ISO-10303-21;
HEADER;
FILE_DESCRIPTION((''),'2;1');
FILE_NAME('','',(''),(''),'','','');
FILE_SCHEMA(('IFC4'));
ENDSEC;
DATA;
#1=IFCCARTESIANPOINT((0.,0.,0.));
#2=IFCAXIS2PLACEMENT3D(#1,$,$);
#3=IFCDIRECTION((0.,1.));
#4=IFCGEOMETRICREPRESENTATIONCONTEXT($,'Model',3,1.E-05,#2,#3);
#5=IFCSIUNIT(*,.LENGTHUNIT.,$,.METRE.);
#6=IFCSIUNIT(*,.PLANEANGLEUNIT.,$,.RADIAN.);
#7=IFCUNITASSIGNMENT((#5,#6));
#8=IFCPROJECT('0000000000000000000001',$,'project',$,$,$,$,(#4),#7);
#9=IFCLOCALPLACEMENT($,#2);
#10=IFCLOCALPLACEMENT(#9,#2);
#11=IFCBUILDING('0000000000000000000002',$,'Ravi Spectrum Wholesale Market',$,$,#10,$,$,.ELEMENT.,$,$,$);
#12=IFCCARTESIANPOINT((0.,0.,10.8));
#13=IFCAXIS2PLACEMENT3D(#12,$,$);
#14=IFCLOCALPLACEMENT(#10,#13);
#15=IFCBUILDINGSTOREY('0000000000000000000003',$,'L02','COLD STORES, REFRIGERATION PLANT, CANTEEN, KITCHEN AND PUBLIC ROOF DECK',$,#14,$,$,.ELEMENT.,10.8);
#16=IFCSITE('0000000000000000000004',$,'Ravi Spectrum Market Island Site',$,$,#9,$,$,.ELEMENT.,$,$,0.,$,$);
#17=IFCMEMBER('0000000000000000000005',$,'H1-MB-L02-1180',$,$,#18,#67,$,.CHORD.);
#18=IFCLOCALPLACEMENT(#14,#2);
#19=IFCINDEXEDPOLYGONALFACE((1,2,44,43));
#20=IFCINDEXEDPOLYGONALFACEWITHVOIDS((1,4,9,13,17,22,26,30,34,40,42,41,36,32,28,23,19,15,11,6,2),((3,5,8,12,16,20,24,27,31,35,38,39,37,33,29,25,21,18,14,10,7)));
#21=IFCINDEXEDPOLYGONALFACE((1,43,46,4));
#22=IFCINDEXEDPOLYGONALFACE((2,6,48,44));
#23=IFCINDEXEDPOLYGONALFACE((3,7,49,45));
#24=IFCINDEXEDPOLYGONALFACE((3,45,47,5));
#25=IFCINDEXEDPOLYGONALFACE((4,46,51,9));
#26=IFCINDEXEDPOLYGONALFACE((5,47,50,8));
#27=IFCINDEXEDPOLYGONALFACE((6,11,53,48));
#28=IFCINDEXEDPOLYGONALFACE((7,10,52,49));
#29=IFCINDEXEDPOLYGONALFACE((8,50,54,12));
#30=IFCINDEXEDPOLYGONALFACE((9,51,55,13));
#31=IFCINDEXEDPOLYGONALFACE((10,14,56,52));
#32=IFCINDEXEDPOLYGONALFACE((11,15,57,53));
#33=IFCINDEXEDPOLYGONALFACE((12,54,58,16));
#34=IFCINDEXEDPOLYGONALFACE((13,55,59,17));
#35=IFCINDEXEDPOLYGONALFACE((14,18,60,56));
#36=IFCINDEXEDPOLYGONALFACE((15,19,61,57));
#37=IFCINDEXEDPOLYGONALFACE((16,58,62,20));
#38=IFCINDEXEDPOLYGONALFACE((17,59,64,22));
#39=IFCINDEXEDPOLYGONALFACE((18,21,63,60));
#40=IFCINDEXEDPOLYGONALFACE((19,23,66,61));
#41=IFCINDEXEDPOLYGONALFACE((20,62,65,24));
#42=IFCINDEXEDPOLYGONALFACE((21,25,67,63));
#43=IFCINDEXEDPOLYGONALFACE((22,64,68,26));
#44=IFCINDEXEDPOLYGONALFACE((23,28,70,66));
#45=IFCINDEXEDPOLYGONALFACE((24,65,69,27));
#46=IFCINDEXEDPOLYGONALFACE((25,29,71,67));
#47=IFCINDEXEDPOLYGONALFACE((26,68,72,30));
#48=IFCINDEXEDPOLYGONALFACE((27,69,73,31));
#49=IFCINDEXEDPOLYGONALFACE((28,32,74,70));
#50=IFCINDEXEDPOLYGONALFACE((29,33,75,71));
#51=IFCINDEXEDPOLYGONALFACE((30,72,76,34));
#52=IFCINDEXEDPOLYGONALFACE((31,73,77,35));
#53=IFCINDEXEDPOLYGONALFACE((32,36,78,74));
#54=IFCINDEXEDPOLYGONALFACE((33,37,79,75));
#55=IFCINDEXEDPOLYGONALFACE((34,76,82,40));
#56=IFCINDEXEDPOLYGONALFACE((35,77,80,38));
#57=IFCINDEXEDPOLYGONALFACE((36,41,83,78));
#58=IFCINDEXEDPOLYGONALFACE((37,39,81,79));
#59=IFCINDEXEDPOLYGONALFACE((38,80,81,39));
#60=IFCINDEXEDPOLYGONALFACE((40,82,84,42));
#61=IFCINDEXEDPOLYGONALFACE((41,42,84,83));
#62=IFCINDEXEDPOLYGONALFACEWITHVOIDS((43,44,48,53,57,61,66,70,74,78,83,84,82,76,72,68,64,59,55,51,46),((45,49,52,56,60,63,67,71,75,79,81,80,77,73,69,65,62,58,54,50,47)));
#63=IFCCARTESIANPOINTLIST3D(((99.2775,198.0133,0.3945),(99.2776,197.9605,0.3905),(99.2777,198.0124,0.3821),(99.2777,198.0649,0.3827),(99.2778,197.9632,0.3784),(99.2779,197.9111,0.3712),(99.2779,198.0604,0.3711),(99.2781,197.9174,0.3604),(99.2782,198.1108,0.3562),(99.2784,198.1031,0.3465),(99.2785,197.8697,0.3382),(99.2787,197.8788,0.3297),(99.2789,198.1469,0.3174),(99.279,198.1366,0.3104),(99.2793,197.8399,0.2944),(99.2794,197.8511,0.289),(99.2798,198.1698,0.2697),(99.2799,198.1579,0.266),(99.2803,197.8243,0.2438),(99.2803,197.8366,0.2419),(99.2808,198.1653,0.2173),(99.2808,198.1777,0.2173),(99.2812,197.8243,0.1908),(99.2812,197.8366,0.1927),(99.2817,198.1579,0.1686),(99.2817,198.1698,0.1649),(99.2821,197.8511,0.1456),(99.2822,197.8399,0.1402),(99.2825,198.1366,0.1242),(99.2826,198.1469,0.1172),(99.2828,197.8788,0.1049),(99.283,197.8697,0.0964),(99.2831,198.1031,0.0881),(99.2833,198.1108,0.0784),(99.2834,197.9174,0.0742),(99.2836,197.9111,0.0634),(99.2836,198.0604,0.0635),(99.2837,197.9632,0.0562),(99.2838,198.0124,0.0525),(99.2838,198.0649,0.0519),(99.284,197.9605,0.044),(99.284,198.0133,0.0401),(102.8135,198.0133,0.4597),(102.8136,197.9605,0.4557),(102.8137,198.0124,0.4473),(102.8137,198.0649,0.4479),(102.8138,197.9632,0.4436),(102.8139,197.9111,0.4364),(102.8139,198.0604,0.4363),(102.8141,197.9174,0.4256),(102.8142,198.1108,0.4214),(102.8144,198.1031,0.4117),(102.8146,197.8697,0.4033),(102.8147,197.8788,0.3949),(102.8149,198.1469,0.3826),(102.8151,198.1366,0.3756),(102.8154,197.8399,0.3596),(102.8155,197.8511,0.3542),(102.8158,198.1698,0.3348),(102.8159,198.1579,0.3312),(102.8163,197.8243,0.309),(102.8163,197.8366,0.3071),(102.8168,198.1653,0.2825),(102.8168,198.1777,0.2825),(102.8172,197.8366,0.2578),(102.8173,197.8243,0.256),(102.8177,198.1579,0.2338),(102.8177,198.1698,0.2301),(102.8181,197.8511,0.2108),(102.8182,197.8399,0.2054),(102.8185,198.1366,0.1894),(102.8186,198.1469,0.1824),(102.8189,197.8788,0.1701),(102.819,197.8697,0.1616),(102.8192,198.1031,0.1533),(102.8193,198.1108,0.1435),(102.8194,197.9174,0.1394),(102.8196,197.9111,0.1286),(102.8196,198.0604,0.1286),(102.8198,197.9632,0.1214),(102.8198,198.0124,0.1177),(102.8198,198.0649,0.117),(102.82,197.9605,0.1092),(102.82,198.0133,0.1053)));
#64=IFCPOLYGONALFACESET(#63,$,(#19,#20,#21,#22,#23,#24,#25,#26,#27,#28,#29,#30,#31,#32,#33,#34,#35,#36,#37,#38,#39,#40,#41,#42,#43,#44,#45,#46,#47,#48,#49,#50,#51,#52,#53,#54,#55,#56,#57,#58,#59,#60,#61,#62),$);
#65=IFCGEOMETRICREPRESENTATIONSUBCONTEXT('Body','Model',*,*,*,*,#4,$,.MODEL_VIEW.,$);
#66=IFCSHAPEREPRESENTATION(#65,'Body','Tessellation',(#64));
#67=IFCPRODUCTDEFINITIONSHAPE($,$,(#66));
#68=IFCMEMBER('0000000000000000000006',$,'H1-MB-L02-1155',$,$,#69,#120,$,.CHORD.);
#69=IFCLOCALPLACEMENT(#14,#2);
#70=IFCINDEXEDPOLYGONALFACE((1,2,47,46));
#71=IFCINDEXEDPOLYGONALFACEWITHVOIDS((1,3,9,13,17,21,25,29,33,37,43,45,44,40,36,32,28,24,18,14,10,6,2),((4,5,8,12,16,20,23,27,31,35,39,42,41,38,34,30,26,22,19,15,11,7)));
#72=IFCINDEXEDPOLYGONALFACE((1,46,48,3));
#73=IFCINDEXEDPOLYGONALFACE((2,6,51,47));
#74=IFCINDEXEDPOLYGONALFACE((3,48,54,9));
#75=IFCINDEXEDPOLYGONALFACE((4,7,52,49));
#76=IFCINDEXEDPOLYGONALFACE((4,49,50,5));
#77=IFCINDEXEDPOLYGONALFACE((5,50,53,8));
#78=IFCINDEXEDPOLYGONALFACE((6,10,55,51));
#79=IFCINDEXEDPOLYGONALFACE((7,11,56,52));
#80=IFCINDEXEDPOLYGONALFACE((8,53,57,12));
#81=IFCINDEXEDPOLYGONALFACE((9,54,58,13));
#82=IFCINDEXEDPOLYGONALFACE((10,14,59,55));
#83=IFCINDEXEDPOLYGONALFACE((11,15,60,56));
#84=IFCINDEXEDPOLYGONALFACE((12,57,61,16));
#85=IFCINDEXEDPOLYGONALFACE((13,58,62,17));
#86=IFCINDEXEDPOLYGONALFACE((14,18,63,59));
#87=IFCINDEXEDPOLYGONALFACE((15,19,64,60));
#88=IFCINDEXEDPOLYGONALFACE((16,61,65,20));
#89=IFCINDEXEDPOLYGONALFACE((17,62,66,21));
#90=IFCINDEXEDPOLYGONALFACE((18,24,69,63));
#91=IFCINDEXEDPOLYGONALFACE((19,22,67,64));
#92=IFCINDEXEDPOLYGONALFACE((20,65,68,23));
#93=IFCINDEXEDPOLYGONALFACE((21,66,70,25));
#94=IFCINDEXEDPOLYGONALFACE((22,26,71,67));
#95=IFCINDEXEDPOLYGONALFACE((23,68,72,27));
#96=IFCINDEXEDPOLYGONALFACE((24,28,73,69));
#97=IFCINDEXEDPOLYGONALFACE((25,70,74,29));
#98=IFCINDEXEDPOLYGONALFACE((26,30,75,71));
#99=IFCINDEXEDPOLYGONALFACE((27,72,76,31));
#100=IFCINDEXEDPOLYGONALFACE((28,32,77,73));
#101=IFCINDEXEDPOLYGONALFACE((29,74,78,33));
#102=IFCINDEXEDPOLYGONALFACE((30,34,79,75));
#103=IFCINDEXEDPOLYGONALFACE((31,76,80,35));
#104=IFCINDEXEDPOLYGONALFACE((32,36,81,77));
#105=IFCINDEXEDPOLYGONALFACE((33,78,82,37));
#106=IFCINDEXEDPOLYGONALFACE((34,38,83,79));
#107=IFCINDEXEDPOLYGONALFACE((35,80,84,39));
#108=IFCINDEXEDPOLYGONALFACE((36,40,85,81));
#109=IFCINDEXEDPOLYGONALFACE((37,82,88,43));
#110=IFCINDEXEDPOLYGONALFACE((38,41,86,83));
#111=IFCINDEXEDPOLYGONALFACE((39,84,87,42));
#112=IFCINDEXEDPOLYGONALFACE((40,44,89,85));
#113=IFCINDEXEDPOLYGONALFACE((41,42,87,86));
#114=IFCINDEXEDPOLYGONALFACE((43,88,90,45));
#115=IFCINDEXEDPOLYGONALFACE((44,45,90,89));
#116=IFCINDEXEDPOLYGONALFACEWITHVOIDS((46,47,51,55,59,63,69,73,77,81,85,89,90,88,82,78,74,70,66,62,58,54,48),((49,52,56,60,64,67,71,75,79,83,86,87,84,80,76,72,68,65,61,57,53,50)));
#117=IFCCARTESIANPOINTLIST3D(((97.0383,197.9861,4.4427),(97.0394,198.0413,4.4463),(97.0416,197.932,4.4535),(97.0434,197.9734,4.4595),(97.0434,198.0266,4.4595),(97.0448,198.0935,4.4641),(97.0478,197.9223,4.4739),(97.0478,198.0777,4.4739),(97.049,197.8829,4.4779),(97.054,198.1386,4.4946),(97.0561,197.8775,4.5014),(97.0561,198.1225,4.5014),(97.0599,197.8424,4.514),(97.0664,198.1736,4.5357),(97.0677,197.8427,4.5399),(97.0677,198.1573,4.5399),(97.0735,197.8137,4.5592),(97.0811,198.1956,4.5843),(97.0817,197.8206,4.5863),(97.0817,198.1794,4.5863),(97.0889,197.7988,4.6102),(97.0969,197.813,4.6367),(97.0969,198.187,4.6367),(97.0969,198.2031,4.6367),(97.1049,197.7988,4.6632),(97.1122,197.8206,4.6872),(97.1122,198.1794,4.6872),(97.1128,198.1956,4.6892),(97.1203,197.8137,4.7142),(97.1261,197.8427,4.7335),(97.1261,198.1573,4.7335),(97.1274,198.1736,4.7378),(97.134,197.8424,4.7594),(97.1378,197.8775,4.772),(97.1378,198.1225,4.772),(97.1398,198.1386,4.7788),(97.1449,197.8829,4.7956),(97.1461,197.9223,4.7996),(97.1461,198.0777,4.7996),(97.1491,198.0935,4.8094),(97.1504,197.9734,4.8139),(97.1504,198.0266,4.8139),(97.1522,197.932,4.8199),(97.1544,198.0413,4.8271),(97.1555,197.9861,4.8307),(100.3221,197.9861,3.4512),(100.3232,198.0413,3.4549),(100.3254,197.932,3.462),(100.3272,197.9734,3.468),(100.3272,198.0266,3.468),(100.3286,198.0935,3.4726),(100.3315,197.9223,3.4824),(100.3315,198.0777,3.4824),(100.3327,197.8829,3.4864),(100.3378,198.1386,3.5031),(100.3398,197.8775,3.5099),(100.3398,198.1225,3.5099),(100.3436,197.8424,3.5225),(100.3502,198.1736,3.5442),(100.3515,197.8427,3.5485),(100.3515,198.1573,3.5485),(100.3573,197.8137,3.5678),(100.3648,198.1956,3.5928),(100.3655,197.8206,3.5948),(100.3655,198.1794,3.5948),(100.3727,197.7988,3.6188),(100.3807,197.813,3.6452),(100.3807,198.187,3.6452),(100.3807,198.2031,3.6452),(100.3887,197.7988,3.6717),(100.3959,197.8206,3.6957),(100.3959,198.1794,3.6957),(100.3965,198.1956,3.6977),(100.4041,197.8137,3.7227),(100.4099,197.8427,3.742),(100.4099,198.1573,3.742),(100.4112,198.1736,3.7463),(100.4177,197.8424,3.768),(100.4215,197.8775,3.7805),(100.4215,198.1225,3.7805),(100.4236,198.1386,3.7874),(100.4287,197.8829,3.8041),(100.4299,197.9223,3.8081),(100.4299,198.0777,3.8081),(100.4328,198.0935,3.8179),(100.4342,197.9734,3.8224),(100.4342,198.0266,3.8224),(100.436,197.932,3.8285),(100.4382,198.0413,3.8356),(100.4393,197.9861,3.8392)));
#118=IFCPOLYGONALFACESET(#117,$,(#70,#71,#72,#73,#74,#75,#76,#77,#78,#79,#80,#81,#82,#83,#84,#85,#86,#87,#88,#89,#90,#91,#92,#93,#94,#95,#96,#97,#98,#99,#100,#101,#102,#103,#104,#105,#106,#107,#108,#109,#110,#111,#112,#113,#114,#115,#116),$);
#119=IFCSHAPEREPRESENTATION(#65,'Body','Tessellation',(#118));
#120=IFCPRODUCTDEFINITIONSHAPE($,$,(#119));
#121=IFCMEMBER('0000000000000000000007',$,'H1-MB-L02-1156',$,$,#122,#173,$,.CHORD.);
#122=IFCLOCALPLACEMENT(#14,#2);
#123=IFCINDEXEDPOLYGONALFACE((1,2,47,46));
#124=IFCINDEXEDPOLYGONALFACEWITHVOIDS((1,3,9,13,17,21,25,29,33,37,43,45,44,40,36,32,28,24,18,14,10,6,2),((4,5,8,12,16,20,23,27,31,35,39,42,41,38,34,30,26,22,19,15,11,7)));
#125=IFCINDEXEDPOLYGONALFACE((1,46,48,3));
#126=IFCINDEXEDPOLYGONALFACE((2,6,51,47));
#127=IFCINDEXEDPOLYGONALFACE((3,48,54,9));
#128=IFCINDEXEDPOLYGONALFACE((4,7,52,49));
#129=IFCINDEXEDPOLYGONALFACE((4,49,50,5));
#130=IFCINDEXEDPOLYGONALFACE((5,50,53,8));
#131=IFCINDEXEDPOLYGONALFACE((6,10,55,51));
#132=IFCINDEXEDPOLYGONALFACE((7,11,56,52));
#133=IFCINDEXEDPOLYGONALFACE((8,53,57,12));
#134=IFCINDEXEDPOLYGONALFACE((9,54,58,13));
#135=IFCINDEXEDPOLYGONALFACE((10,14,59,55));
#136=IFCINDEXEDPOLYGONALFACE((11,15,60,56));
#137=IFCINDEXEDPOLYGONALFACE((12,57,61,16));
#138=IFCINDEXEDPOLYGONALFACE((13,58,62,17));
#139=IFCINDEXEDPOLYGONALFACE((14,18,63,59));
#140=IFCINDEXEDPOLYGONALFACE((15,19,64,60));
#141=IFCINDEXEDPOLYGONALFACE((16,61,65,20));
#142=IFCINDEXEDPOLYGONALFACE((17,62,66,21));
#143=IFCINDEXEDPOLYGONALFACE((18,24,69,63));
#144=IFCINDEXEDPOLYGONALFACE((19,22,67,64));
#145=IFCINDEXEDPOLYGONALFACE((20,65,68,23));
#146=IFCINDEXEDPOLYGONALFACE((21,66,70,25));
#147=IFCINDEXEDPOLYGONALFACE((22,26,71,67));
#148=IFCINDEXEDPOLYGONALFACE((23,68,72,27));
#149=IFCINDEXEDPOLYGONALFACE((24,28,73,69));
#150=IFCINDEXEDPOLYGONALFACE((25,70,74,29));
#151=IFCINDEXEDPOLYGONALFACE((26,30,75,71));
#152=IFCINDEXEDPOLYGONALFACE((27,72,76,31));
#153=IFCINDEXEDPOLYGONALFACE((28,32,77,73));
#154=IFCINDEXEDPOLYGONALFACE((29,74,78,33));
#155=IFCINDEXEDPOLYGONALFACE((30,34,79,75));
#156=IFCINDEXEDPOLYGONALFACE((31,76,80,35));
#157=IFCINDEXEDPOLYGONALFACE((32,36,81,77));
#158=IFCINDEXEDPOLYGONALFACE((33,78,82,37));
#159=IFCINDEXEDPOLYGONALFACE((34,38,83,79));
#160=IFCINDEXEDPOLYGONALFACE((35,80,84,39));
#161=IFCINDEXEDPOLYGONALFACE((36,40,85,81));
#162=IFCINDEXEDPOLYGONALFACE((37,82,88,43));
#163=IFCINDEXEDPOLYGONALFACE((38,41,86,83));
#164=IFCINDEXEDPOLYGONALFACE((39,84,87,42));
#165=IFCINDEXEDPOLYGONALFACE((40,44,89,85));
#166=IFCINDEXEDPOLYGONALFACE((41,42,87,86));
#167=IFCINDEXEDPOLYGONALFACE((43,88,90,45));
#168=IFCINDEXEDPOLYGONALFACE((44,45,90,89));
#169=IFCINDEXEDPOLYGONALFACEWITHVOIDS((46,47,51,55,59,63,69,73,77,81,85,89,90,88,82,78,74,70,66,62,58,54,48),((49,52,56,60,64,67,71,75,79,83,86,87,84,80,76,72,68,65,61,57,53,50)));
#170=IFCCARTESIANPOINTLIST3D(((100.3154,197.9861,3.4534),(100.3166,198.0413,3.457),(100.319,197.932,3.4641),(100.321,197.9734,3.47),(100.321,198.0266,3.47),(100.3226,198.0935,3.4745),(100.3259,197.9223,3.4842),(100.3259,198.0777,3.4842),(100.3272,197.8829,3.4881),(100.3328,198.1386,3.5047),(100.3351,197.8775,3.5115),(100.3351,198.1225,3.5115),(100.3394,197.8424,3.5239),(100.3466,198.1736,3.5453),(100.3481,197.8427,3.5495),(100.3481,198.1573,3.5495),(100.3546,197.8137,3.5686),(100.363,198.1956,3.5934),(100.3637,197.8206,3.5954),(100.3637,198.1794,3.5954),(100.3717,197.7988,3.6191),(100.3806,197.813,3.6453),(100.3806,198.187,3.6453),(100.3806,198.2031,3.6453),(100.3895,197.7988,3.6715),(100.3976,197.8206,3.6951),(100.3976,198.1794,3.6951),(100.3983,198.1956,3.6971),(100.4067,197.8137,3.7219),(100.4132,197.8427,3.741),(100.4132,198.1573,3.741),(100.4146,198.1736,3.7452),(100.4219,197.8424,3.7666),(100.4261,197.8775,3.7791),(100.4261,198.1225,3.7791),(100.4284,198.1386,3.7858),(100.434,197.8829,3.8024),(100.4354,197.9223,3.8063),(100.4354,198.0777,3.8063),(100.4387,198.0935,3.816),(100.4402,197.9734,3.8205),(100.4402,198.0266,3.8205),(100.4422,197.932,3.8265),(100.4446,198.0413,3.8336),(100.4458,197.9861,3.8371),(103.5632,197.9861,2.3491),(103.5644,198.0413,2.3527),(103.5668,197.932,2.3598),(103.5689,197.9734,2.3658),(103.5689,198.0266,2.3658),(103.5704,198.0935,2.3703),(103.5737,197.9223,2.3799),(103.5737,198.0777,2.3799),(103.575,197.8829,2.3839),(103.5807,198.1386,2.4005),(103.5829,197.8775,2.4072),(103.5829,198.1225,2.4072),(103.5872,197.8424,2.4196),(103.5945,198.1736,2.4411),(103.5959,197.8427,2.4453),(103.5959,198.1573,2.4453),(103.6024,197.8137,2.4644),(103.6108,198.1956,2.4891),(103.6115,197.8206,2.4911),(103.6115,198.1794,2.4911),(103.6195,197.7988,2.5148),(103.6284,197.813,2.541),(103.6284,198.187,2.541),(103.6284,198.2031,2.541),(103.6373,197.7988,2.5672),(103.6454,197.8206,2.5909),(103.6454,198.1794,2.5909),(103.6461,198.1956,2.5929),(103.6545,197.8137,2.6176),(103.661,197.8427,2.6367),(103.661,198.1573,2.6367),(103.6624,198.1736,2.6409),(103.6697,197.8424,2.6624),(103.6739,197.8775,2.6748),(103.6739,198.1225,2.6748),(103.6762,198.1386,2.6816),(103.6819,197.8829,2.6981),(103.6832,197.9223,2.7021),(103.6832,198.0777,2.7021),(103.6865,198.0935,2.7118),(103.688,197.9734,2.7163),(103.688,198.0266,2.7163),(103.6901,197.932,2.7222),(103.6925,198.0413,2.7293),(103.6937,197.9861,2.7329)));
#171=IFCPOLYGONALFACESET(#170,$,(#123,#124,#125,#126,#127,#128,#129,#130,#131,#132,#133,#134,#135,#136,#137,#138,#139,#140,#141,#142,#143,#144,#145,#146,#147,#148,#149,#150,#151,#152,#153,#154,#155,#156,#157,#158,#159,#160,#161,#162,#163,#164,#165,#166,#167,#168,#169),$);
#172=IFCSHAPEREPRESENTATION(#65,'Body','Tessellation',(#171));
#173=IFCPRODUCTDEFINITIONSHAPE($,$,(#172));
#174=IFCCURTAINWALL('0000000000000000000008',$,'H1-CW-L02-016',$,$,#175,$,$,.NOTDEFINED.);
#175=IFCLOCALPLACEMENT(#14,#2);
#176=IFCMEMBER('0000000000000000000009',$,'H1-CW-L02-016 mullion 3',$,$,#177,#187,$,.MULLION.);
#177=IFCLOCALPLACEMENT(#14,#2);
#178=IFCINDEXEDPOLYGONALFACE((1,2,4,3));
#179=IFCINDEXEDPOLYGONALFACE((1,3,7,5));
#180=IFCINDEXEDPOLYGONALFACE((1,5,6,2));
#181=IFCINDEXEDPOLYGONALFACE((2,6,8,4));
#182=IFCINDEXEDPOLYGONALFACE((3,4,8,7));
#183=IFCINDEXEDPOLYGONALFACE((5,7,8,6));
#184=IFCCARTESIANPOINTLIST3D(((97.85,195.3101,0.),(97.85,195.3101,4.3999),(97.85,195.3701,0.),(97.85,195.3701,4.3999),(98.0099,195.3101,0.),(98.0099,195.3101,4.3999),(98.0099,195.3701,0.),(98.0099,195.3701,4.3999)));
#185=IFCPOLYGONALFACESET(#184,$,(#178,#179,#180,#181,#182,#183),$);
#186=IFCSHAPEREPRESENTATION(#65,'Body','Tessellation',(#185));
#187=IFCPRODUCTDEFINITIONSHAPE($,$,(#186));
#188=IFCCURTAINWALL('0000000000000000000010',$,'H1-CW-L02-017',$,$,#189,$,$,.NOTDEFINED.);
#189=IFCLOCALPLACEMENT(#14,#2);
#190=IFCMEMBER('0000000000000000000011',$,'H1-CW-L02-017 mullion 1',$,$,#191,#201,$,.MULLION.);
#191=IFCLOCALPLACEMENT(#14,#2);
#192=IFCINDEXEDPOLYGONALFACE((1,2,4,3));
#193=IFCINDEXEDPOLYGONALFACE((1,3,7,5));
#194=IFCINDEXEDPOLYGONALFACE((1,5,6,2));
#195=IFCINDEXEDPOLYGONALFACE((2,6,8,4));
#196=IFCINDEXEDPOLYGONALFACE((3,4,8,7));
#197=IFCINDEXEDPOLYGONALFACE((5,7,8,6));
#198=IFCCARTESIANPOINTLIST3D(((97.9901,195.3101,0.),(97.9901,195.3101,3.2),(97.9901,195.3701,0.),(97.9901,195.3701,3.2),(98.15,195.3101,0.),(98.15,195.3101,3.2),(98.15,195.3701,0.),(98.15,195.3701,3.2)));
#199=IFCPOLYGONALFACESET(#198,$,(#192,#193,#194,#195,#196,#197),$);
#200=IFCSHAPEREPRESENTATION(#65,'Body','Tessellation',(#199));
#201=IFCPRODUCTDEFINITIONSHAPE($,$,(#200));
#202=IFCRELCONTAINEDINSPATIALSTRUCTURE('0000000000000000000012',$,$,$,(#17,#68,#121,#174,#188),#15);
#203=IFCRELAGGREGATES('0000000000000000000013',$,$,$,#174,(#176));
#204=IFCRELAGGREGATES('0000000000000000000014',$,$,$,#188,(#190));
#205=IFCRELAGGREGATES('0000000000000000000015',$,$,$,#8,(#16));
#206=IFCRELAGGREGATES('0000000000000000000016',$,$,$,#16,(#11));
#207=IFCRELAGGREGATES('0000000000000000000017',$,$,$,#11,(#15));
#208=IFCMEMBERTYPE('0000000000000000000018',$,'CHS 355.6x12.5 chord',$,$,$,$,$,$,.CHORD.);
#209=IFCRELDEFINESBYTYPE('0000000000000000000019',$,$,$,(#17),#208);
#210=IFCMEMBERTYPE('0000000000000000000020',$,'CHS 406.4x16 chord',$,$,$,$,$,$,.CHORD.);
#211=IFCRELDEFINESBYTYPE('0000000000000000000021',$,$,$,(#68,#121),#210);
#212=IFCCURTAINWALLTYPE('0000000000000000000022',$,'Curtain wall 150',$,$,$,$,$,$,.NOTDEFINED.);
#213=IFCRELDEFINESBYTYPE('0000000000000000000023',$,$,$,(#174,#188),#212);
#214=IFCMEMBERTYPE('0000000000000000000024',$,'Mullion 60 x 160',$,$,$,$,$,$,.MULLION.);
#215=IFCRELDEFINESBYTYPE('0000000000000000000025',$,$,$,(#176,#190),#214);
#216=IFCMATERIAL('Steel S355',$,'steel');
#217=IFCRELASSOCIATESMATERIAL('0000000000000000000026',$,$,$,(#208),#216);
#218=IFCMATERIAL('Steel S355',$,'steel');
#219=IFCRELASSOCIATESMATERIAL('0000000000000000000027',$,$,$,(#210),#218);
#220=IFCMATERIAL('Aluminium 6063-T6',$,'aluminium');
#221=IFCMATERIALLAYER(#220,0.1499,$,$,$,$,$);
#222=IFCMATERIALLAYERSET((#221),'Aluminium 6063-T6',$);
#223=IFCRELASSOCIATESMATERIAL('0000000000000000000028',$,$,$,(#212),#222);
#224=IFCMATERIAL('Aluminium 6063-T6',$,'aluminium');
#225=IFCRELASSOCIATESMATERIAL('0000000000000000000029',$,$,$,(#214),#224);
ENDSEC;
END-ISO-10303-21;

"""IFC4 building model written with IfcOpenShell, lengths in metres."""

from ifc_helpers import new_model, si_unit, direction, frame, origin, origin_2d, place, context, subcontext, project, spatial, rectangle, hollow_circle, extrude, material, layer, layer_set, material_profile, profile_set, type_object, element, aggregate, save


model = new_model("IFC4")

# Units and contexts
model_context = context("Model", 3, precision=1e-05, world=origin(), true_north=direction((0.0, 1.0)))
body_context = subcontext(model_context, "Body", "Model", "MODEL_VIEW")
ifc_project = project(units=[si_unit("LENGTHUNIT", "METRE"), si_unit("PLANEANGLEUNIT", "RADIAN")], contexts=[model_context])

# Site, building, storey
site_placement = place(None, origin())
site = spatial("IfcSite", under=ifc_project, at=site_placement, Name="Ravi Spectrum Market Island Site", CompositionType="ELEMENT", RefElevation=0.0)
building_placement = place(site_placement, origin())
building = spatial("IfcBuilding", under=site, at=building_placement, Name="Ravi Spectrum Wholesale Market", CompositionType="ELEMENT")
storey_placement = place(building_placement, frame((0.0, 0.0, 10.8)))
storey = spatial("IfcBuildingStorey", under=building, at=storey_placement, Name="L02", Description="COLD STORES, REFRIGERATION PLANT, CANTEEN, KITCHEN AND PUBLIC ROOF DECK", CompositionType="ELEMENT", Elevation=10.8)

# Members
ifc_material_1 = material(Name="Steel S355", Category="steel")
ifc_material_profile_1 = material_profile(ifc_material_1, hollow_circle(Radius=0.1777, WallThickness=0.0125, at=origin_2d()))
ifc_profile_set_1 = profile_set([ifc_material_profile_1], Name="Steel S355")
member_type_1 = type_object("IfcMemberType", Name="CHS 355.6x12.5 chord", PredefinedType="CHORD", material=ifc_profile_set_1)
member_1_placement = place(storey_placement, frame((99.2808, 198.0, 0.2173), z_axis=(0.99983, 0.0, 0.018431), x_axis=(0.0, 1.0, 0.0)))
element("IfcMember", 1, at=member_1_placement, inside=storey, type_object=member_type_1, Name="H1-MB-L02-1180", PredefinedType="CHORD", context=body_context, shape_type="SweptSolid", body=[
    extrude(hollow_circle(Radius=0.1777, WallThickness=0.0125, at=origin_2d()), origin(), (0.0, 0.0, 1.0), 3.5366),
])
ifc_material_2 = material(Name="Steel S355", Category="steel")
ifc_material_profile_2 = material_profile(ifc_material_2, hollow_circle(Radius=0.2031, WallThickness=0.0161, at=origin_2d()))
ifc_profile_set_2 = profile_set([ifc_material_profile_2], Name="Steel S355")
member_type_2 = type_object("IfcMemberType", Name="CHS 406.4x16 chord", PredefinedType="CHORD", material=ifc_profile_set_2)
member_2_placement = place(storey_placement, frame((97.0969, 198.0, 4.6367), z_axis=(0.957315, 0.0, -0.289045), x_axis=(0.0, 1.0, 0.0)))
element("IfcMember", 2, at=member_2_placement, inside=storey, type_object=member_type_2, Name="H1-MB-L02-1155", PredefinedType="CHORD", context=body_context, shape_type="SweptSolid", body=[
    extrude(hollow_circle(Radius=0.2031, WallThickness=0.0161, at=origin_2d()), origin(), (0.0, 0.0, 1.0), 3.4302),
])
member_3_placement = place(storey_placement, frame((100.3806, 198.0, 3.6453), z_axis=(0.946773, 0.0, -0.321901), x_axis=(0.0, 1.0, 0.0)))
element("IfcMember", 3, at=member_3_placement, inside=storey, type_object=member_type_2, Name="H1-MB-L02-1156", PredefinedType="CHORD", context=body_context, shape_type="SweptSolid", body=[
    extrude(hollow_circle(Radius=0.2031, WallThickness=0.0161, at=origin_2d()), origin(), (0.0, 0.0, 1.0), 3.4304),
])

# Curtain wall, member
ifc_material_3 = material(Name="Aluminium 6063-T6", Category="aluminium")
ifc_layer_1 = layer(ifc_material_3, 0.1499)
ifc_layer_set_1 = layer_set([ifc_layer_1], Name="Aluminium 6063-T6")
curtain_wall_type = type_object("IfcCurtainWallType", Name="Curtain wall 150", PredefinedType="NOTDEFINED", material=ifc_layer_set_1)
curtain_wall_1_placement = place(storey_placement, origin())
curtain_wall_1 = element("IfcCurtainWall", 4, at=curtain_wall_1_placement, inside=storey, type_object=curtain_wall_type, Name="H1-CW-L02-016", PredefinedType="NOTDEFINED")
ifc_material_4 = material(Name="Aluminium 6063-T6", Category="aluminium")
ifc_material_profile_3 = material_profile(ifc_material_4, rectangle(XDim=0.0601, YDim=0.1599, at=origin_2d()))
ifc_profile_set_3 = profile_set([ifc_material_profile_3], Name="Aluminium 6063-T6")
member_type_3 = type_object("IfcMemberType", Name="Mullion 60 x 160", PredefinedType="MULLION", material=ifc_profile_set_3)
member_4_placement = place(storey_placement, frame((97.9299, 195.3401, 0.0), z_axis=(0.0, 0.0, 1.0), x_axis=(0.0, 1.0, 0.0)))
member_4 = element("IfcMember", 5, at=member_4_placement, type_object=member_type_3, Name="H1-CW-L02-016 mullion 3", PredefinedType="MULLION", context=body_context, shape_type="SweptSolid", body=[
    extrude(rectangle(XDim=0.0601, YDim=0.1599, at=origin_2d()), origin(), (0.0, 0.0, 1.0), 4.3999),
])

# Curtain wall, member
curtain_wall_2_placement = place(storey_placement, origin())
curtain_wall_2 = element("IfcCurtainWall", 6, at=curtain_wall_2_placement, inside=storey, type_object=curtain_wall_type, Name="H1-CW-L02-017", PredefinedType="NOTDEFINED")
member_5_placement = place(storey_placement, frame((98.0701, 195.3401, 0.0), z_axis=(0.0, 0.0, 1.0), x_axis=(0.0, 1.0, 0.0)))
member_5 = element("IfcMember", 7, at=member_5_placement, type_object=member_type_3, Name="H1-CW-L02-017 mullion 1", PredefinedType="MULLION", context=body_context, shape_type="SweptSolid", body=[
    extrude(rectangle(XDim=0.0601, YDim=0.1599, at=origin_2d()), origin(), (0.0, 0.0, 1.0), 3.2),
])

aggregate(curtain_wall_1, [member_4])
aggregate(curtain_wall_2, [member_5])

save(model, "model.ifc")
